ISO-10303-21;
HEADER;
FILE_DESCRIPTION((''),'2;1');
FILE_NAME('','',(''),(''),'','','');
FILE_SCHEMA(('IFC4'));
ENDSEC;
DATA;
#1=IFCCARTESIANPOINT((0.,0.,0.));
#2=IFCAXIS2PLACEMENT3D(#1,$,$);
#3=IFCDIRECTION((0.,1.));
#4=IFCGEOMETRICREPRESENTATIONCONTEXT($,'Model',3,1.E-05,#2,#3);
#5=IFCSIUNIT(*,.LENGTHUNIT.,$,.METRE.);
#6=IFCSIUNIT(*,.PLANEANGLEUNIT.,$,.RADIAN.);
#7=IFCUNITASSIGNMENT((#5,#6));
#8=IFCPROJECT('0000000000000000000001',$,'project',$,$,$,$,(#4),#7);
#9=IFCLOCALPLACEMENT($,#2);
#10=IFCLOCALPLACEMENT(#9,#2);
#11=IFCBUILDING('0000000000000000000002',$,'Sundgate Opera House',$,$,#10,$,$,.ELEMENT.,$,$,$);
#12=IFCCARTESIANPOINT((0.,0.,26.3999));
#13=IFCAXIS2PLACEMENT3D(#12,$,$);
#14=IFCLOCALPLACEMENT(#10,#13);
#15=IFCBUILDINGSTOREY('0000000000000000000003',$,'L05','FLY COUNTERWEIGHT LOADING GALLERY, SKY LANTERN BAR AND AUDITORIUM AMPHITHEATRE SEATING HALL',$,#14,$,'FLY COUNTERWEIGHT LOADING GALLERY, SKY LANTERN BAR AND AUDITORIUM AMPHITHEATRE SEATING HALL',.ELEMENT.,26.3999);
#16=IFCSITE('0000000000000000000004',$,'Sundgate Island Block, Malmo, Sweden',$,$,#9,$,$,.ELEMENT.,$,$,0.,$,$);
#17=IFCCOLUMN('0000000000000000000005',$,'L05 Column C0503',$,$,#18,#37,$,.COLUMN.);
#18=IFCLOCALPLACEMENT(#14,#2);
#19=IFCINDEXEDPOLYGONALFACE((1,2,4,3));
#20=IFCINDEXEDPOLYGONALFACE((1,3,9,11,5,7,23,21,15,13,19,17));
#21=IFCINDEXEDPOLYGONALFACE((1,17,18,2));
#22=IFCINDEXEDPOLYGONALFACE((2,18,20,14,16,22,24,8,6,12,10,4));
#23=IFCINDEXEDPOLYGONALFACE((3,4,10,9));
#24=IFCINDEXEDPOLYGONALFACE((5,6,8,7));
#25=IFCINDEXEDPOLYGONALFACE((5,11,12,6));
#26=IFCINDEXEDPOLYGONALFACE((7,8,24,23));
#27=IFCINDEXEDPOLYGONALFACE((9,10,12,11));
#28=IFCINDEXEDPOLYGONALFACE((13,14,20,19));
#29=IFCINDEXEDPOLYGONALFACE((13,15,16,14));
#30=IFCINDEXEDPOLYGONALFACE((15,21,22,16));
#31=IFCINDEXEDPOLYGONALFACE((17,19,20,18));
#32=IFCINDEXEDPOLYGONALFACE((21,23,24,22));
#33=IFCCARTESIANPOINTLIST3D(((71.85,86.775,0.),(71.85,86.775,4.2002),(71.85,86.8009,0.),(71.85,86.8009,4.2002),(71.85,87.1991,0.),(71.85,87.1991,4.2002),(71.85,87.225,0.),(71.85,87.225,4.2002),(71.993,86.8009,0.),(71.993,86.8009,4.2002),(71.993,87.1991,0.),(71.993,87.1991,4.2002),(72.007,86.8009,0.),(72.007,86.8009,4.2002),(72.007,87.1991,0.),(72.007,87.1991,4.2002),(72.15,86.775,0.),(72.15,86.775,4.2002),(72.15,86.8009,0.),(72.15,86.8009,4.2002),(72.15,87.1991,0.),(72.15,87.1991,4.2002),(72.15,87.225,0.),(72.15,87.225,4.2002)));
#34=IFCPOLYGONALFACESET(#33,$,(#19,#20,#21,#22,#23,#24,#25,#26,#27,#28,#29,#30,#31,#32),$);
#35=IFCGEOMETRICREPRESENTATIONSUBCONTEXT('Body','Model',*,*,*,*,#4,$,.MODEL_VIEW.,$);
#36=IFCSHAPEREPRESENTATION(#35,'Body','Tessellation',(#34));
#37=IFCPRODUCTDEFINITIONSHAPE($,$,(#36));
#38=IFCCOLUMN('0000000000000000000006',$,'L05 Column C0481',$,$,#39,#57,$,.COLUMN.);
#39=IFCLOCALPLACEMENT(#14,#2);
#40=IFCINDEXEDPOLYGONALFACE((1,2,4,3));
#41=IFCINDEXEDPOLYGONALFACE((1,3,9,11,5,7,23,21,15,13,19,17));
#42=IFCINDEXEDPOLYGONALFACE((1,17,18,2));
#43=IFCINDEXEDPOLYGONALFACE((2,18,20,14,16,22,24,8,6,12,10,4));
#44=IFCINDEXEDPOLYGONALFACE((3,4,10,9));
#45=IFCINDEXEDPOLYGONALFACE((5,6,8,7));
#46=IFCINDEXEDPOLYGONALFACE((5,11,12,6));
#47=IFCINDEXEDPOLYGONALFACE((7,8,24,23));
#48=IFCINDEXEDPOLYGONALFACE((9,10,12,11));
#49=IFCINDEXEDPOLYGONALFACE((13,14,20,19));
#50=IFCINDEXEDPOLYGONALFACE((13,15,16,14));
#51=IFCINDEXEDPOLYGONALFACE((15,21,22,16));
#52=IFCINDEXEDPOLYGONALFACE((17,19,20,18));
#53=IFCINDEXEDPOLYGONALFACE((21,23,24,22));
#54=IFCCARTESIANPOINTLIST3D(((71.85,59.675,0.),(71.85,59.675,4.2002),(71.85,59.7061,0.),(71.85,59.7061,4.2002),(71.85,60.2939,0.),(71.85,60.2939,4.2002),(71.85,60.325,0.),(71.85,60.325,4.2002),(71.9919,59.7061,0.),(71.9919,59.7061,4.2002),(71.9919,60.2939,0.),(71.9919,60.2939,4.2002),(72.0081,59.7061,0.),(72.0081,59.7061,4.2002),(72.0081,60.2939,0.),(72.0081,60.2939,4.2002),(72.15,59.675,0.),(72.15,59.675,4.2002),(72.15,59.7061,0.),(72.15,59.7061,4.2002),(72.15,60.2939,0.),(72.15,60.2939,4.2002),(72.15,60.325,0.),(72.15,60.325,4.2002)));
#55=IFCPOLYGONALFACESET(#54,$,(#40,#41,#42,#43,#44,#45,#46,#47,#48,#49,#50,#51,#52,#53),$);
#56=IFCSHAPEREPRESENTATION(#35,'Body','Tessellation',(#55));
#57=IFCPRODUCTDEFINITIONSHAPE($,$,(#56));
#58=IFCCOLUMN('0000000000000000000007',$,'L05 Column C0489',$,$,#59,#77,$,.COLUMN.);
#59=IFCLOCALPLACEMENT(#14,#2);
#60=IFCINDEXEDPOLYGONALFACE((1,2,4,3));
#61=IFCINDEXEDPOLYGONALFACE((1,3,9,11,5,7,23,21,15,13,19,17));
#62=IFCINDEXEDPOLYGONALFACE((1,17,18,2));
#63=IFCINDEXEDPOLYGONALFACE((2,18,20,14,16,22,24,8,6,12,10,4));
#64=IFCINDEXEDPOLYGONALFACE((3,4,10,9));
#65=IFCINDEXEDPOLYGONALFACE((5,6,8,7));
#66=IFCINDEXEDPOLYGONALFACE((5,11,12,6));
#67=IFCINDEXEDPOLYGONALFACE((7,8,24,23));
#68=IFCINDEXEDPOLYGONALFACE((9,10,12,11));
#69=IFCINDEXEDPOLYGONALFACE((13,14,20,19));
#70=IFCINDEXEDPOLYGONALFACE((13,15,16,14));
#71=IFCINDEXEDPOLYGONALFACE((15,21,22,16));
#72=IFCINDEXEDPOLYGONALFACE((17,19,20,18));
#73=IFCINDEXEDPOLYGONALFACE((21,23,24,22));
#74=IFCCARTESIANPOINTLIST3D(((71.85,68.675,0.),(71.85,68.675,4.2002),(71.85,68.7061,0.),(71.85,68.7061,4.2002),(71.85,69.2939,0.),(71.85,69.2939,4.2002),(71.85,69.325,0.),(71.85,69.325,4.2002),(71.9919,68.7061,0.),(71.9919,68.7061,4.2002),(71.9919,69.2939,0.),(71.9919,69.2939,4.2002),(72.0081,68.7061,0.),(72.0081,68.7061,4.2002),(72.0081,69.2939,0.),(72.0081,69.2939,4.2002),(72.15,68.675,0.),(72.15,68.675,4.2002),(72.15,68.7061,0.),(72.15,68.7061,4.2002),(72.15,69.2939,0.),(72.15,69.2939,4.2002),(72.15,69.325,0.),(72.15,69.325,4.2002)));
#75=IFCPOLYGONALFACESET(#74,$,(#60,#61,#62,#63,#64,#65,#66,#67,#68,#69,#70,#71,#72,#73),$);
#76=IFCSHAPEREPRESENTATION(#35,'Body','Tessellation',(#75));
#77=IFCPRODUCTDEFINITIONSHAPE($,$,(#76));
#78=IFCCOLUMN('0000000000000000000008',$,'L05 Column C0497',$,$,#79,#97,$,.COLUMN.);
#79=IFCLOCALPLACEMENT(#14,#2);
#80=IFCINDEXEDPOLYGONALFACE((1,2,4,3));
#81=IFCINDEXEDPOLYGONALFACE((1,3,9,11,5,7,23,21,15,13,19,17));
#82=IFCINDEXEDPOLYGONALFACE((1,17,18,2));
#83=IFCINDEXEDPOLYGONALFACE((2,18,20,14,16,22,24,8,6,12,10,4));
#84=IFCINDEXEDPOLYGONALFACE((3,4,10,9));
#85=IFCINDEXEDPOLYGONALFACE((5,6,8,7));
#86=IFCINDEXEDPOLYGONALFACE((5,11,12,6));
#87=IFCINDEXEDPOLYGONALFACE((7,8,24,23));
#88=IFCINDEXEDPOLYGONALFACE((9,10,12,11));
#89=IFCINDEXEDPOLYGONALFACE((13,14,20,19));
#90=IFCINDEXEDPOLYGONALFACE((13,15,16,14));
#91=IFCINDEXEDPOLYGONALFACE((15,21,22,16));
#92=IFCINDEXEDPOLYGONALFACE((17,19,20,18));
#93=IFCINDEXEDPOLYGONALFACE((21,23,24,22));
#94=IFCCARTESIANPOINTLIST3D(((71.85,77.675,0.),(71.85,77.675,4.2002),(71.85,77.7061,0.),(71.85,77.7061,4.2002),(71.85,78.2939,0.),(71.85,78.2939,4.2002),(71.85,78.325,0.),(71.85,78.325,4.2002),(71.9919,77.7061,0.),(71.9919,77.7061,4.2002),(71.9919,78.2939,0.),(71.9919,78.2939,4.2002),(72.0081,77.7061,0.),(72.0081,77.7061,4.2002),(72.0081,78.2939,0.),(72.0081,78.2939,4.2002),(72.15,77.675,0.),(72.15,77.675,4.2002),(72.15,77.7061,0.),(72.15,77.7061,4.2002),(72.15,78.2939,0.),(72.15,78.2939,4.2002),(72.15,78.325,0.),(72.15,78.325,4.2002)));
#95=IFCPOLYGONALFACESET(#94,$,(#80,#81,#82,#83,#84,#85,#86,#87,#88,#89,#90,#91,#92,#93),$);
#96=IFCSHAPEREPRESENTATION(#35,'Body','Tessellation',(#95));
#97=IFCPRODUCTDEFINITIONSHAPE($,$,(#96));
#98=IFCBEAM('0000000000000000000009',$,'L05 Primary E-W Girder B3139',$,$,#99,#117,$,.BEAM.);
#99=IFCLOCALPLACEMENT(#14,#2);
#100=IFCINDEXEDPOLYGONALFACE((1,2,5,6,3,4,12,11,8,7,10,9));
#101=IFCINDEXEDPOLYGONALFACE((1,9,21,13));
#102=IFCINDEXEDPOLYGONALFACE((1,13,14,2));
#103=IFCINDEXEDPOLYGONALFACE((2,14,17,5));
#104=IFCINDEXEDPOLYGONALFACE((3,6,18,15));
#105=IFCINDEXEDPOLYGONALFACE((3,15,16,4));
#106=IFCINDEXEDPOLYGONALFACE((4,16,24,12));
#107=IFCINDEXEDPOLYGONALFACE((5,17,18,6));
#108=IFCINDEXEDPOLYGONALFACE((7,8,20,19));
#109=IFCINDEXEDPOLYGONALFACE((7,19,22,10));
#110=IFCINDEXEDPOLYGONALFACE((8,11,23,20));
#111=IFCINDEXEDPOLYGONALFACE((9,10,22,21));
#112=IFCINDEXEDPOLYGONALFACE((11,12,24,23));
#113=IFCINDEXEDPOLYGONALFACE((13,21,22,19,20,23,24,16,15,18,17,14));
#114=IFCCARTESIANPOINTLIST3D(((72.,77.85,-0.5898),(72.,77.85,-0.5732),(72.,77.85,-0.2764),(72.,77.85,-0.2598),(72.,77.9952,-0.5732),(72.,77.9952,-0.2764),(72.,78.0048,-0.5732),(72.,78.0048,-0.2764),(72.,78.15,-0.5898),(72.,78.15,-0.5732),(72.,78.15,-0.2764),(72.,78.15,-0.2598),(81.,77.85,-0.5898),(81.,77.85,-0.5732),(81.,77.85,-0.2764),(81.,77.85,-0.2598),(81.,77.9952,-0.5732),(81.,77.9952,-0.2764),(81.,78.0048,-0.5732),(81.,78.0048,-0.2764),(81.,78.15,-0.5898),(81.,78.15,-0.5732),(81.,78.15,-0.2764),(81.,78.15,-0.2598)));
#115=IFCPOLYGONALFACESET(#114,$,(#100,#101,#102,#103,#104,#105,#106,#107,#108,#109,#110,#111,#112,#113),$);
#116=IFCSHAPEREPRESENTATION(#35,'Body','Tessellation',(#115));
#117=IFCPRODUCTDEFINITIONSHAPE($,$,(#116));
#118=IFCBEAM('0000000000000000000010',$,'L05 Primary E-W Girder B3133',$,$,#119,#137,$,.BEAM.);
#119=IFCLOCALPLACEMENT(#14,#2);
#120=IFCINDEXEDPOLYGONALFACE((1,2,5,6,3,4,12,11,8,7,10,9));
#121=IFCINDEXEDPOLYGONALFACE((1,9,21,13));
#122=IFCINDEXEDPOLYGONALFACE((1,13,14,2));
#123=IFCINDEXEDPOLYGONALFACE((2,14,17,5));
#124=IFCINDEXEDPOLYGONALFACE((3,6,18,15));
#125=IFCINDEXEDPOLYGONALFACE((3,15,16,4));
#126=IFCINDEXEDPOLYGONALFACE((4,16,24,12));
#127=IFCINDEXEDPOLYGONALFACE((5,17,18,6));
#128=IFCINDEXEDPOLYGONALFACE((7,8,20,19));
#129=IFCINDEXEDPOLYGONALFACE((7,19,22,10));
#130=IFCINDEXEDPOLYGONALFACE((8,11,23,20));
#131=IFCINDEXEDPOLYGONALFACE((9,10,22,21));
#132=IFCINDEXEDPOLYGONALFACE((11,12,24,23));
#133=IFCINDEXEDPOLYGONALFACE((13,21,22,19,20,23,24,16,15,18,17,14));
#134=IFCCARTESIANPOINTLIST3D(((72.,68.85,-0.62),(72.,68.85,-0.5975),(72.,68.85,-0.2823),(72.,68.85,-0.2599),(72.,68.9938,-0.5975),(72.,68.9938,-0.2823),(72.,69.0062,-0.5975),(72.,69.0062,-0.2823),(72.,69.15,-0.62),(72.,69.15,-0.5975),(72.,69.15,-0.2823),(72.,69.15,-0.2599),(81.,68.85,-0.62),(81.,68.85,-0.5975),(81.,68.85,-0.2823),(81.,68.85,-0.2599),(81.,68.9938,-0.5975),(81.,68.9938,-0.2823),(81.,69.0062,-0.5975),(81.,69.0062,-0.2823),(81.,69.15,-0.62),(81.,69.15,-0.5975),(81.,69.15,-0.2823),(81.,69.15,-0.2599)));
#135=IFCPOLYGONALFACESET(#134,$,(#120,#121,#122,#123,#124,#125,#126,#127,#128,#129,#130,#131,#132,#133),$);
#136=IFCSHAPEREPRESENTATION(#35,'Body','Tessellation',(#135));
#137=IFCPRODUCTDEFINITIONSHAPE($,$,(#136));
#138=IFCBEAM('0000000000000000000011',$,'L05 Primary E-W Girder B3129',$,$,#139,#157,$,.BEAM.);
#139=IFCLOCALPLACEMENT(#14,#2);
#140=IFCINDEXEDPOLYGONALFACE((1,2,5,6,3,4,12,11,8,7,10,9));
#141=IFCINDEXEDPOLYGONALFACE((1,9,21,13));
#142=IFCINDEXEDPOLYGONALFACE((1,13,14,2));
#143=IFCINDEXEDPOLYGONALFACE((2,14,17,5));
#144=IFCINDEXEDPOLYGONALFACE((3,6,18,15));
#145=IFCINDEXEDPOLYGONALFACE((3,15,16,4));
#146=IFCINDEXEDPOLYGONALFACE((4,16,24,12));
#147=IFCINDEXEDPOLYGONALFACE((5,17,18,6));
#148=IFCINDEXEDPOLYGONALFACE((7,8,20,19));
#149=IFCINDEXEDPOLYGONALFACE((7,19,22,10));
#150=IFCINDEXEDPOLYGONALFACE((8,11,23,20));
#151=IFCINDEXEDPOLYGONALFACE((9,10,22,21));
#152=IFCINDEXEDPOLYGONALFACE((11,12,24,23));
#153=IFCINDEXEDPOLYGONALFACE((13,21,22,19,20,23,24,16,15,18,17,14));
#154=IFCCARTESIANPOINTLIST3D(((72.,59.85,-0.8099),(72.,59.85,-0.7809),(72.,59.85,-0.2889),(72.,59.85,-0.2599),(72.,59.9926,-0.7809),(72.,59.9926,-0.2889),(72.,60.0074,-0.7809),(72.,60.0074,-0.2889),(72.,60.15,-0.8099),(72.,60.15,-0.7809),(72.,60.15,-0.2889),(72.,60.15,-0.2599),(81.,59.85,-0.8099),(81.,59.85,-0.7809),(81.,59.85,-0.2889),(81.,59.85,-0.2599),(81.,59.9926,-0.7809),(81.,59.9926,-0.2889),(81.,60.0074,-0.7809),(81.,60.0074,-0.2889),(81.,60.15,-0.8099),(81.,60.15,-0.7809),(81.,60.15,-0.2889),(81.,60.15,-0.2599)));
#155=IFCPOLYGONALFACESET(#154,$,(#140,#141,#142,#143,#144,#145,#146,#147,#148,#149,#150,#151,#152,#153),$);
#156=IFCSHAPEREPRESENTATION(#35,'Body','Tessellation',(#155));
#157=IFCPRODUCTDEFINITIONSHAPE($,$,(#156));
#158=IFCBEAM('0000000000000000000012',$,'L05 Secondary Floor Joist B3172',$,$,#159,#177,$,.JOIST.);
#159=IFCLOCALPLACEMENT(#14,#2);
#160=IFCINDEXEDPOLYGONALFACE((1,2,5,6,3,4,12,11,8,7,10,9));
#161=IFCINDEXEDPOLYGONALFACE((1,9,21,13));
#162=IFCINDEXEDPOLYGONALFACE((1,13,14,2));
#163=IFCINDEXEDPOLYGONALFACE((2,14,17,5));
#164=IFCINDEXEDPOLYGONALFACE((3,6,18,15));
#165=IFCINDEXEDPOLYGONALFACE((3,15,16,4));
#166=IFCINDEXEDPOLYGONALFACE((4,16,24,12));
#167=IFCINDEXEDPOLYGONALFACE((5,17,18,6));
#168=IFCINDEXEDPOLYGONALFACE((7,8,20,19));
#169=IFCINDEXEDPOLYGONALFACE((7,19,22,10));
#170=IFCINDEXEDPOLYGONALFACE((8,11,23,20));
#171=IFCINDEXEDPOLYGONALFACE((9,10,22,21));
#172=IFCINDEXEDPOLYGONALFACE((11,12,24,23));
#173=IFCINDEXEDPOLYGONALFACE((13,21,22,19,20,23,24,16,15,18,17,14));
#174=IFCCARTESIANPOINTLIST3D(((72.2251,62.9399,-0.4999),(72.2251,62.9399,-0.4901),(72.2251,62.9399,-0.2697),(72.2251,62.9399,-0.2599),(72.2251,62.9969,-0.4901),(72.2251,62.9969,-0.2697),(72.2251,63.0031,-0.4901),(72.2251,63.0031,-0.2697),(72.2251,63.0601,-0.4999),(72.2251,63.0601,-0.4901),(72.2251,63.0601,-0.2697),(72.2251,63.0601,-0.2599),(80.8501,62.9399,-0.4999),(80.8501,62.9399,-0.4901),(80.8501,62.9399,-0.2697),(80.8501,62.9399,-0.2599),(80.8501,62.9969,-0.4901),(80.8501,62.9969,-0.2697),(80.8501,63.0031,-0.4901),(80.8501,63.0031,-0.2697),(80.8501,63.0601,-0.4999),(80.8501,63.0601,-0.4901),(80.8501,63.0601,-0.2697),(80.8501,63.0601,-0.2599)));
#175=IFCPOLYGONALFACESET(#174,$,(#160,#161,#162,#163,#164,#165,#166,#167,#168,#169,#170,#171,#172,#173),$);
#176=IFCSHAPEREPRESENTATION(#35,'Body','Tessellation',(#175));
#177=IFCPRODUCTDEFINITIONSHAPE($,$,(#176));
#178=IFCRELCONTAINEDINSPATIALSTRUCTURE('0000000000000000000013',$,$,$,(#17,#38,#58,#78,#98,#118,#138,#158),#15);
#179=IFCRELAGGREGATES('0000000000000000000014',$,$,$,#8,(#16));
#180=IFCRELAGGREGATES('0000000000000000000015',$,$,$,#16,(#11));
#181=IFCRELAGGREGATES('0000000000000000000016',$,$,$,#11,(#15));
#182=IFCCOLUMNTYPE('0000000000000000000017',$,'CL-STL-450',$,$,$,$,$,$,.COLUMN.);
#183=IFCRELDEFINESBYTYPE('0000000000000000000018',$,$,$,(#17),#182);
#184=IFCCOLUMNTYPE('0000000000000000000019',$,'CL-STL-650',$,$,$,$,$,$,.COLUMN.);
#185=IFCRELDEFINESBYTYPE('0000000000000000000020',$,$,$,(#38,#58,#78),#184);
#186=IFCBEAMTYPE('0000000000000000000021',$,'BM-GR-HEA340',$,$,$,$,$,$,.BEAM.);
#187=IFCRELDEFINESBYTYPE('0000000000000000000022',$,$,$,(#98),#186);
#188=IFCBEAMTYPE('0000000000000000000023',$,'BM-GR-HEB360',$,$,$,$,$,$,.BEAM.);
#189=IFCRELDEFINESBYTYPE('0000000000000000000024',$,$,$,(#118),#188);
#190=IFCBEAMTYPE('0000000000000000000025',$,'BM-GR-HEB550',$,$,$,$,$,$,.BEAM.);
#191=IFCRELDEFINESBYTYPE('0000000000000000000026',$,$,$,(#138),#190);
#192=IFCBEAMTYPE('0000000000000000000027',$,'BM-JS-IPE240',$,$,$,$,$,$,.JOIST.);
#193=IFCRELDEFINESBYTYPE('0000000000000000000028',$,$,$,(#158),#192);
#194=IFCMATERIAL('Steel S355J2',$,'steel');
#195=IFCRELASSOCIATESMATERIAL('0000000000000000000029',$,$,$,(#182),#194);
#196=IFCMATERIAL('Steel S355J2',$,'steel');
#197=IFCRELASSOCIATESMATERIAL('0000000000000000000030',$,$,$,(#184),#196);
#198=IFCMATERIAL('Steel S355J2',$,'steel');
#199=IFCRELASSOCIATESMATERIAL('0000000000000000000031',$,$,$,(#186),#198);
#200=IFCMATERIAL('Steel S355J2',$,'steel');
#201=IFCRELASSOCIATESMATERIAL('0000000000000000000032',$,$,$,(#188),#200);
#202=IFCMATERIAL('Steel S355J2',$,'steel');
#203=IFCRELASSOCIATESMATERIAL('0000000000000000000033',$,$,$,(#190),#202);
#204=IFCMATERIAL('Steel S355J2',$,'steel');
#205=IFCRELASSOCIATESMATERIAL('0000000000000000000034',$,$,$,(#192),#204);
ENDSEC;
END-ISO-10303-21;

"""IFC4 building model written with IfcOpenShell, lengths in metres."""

from ifc_helpers import new_model, si_unit, direction, frame, origin, origin_2d, place, context, subcontext, project, spatial, i_section, extrude, material, material_profile, profile_set, type_object, element, save


model = new_model("IFC4")

# Units and contexts
model_context = context("Model", 3, precision=1e-05, world=origin(), true_north=direction((0.0, 1.0)))
body_context = subcontext(model_context, "Body", "Model", "MODEL_VIEW")
ifc_project = project(units=[si_unit("LENGTHUNIT", "METRE"), si_unit("PLANEANGLEUNIT", "RADIAN")], contexts=[model_context])

# Site, building, storey
site_placement = place(None, origin())
site = spatial("IfcSite", under=ifc_project, at=site_placement, Name="Sundgate Island Block, Malmo, Sweden", CompositionType="ELEMENT", RefElevation=0.0)
building_placement = place(site_placement, origin())
building = spatial("IfcBuilding", under=site, at=building_placement, Name="Sundgate Opera House", CompositionType="ELEMENT")
storey_placement = place(building_placement, frame((0.0, 0.0, 26.3999)))
storey = spatial("IfcBuildingStorey", under=building, at=storey_placement, Name="L05", Description="FLY COUNTERWEIGHT LOADING GALLERY, SKY LANTERN BAR AND AUDITORIUM AMPHITHEATRE SEATING HALL", LongName="FLY COUNTERWEIGHT LOADING GALLERY, SKY LANTERN BAR AND AUDITORIUM AMPHITHEATRE SEATING HALL", CompositionType="ELEMENT", Elevation=26.3999)

# Columns
ifc_material_1 = material(Name="Steel S355J2", Category="steel")
ifc_material_profile_1 = material_profile(ifc_material_1, i_section(OverallWidth=0.3, OverallDepth=0.45, WebThickness=0.0139, FlangeThickness=0.0259, at=origin_2d()), Name="HEB 450")
ifc_profile_set_1 = profile_set([ifc_material_profile_1], Name="Steel S355J2")
column_type_1 = type_object("IfcColumnType", Name="CL-STL-450", PredefinedType="COLUMN", material=ifc_profile_set_1)
column_placement = place(storey_placement, frame((72.0, 87.0, 0.0), z_axis=(0.0, 0.0, 1.0), x_axis=(1.0, 0.0, 0.0)))
element("IfcColumn", 1, at=column_placement, inside=storey, type_object=column_type_1, Name="L05 Column C0503", PredefinedType="COLUMN", context=body_context, shape_type="SweptSolid", body=[
    extrude(i_section(OverallWidth=0.3, OverallDepth=0.45, WebThickness=0.0139, FlangeThickness=0.0259, at=origin_2d()), origin(), (0.0, 0.0, 1.0), 4.2002),
])
ifc_material_2 = material(Name="Steel S355J2", Category="steel")
ifc_material_profile_2 = material_profile(ifc_material_2, i_section(OverallWidth=0.3, OverallDepth=0.6499, WebThickness=0.0161, FlangeThickness=0.031, at=origin_2d()), Name="HEB 650")
ifc_profile_set_2 = profile_set([ifc_material_profile_2], Name="Steel S355J2")
column_type_2 = type_object("IfcColumnType", Name="CL-STL-650", PredefinedType="COLUMN", material=ifc_profile_set_2)
for number, where, z_axis, x_axis, name in (
    (2, (72.0, 60.0, 0.0), (0.0, 0.0, 1.0), (1.0, 0.0, 0.0), "L05 Column C0481"),
    (3, (72.0, 69.0, 0.0), (0.0, 0.0, 1.0), (1.0, 0.0, 0.0), "L05 Column C0489"),
    (4, (72.0, 78.0, 0.0), (0.0, 0.0, 1.0), (1.0, 0.0, 0.0), "L05 Column C0497"),
):
    element("IfcColumn", number, at=place(storey_placement, frame(where, z_axis=z_axis, x_axis=x_axis)), inside=storey, type_object=column_type_2, Name=name, PredefinedType="COLUMN", context=body_context, shape_type="SweptSolid", body=[
        extrude(i_section(OverallWidth=0.3, OverallDepth=0.6499, WebThickness=0.0161, FlangeThickness=0.031, at=origin_2d()), origin(), (0.0, 0.0, 1.0), 4.2002),
    ])

# Beams
ifc_material_3 = material(Name="Steel S355J2", Category="steel")
ifc_material_profile_3 = material_profile(ifc_material_3, i_section(OverallWidth=0.3, OverallDepth=0.3301, WebThickness=0.0095, FlangeThickness=0.0166, at=origin_2d()), Name="HEA 340")
ifc_profile_set_3 = profile_set([ifc_material_profile_3], Name="Steel S355J2")
beam_type_1 = type_object("IfcBeamType", Name="BM-GR-HEA340", PredefinedType="BEAM", material=ifc_profile_set_3)
beam_1_placement = place(storey_placement, frame((72.0, 78.0, -0.4248), z_axis=(1.0, 0.0, 0.0), x_axis=(0.0, 1.0, 0.0)))
element("IfcBeam", 5, at=beam_1_placement, inside=storey, type_object=beam_type_1, Name="L05 Primary E-W Girder B3139", PredefinedType="BEAM", context=body_context, shape_type="SweptSolid", body=[
    extrude(i_section(OverallWidth=0.3, OverallDepth=0.3301, WebThickness=0.0095, FlangeThickness=0.0166, at=origin_2d()), origin(), (0.0, 0.0, 1.0), 9.0),
])
ifc_material_4 = material(Name="Steel S355J2", Category="steel")
ifc_material_profile_4 = material_profile(ifc_material_4, i_section(OverallWidth=0.3, OverallDepth=0.3601, WebThickness=0.0125, FlangeThickness=0.0225, at=origin_2d()), Name="HEB 360")
ifc_profile_set_4 = profile_set([ifc_material_profile_4], Name="Steel S355J2")
beam_type_2 = type_object("IfcBeamType", Name="BM-GR-HEB360", PredefinedType="BEAM", material=ifc_profile_set_4)
beam_2_placement = place(storey_placement, frame((72.0, 69.0, -0.4399), z_axis=(1.0, 0.0, 0.0), x_axis=(0.0, 1.0, 0.0)))
element("IfcBeam", 6, at=beam_2_placement, inside=storey, type_object=beam_type_2, Name="L05 Primary E-W Girder B3133", PredefinedType="BEAM", context=body_context, shape_type="SweptSolid", body=[
    extrude(i_section(OverallWidth=0.3, OverallDepth=0.3601, WebThickness=0.0125, FlangeThickness=0.0225, at=origin_2d()), origin(), (0.0, 0.0, 1.0), 9.0),
])
ifc_material_5 = material(Name="Steel S355J2", Category="steel")
ifc_material_profile_5 = material_profile(ifc_material_5, i_section(OverallWidth=0.3, OverallDepth=0.55, WebThickness=0.0149, FlangeThickness=0.0291, at=origin_2d()), Name="HEB 550")
ifc_profile_set_5 = profile_set([ifc_material_profile_5], Name="Steel S355J2")
beam_type_3 = type_object("IfcBeamType", Name="BM-GR-HEB550", PredefinedType="BEAM", material=ifc_profile_set_5)
beam_3_placement = place(storey_placement, frame((72.0, 60.0, -0.5349), z_axis=(1.0, 0.0, 0.0), x_axis=(0.0, 1.0, 0.0)))
element("IfcBeam", 7, at=beam_3_placement, inside=storey, type_object=beam_type_3, Name="L05 Primary E-W Girder B3129", PredefinedType="BEAM", context=body_context, shape_type="SweptSolid", body=[
    extrude(i_section(OverallWidth=0.3, OverallDepth=0.55, WebThickness=0.0149, FlangeThickness=0.0291, at=origin_2d()), origin(), (0.0, 0.0, 1.0), 9.0),
])
ifc_material_6 = material(Name="Steel S355J2", Category="steel")
ifc_material_profile_6 = material_profile(ifc_material_6, i_section(OverallWidth=0.1201, OverallDepth=0.24, WebThickness=0.0061, FlangeThickness=0.0098, at=origin_2d()), Name="IPE 240")
ifc_profile_set_6 = profile_set([ifc_material_profile_6], Name="Steel S355J2")
beam_type_4 = type_object("IfcBeamType", Name="BM-JS-IPE240", PredefinedType="JOIST", material=ifc_profile_set_6)
beam_4_placement = place(storey_placement, frame((72.2251, 63.0, -0.3799), z_axis=(1.0, 0.0, 0.0), x_axis=(0.0, 1.0, 0.0)))
element("IfcBeam", 8, at=beam_4_placement, inside=storey, type_object=beam_type_4, Name="L05 Secondary Floor Joist B3172", PredefinedType="JOIST", context=body_context, shape_type="SweptSolid", body=[
    extrude(i_section(OverallWidth=0.1201, OverallDepth=0.24, WebThickness=0.0061, FlangeThickness=0.0098, at=origin_2d()), origin(), (0.0, 0.0, 1.0), 8.625),
])

save(model, "model.ifc")
